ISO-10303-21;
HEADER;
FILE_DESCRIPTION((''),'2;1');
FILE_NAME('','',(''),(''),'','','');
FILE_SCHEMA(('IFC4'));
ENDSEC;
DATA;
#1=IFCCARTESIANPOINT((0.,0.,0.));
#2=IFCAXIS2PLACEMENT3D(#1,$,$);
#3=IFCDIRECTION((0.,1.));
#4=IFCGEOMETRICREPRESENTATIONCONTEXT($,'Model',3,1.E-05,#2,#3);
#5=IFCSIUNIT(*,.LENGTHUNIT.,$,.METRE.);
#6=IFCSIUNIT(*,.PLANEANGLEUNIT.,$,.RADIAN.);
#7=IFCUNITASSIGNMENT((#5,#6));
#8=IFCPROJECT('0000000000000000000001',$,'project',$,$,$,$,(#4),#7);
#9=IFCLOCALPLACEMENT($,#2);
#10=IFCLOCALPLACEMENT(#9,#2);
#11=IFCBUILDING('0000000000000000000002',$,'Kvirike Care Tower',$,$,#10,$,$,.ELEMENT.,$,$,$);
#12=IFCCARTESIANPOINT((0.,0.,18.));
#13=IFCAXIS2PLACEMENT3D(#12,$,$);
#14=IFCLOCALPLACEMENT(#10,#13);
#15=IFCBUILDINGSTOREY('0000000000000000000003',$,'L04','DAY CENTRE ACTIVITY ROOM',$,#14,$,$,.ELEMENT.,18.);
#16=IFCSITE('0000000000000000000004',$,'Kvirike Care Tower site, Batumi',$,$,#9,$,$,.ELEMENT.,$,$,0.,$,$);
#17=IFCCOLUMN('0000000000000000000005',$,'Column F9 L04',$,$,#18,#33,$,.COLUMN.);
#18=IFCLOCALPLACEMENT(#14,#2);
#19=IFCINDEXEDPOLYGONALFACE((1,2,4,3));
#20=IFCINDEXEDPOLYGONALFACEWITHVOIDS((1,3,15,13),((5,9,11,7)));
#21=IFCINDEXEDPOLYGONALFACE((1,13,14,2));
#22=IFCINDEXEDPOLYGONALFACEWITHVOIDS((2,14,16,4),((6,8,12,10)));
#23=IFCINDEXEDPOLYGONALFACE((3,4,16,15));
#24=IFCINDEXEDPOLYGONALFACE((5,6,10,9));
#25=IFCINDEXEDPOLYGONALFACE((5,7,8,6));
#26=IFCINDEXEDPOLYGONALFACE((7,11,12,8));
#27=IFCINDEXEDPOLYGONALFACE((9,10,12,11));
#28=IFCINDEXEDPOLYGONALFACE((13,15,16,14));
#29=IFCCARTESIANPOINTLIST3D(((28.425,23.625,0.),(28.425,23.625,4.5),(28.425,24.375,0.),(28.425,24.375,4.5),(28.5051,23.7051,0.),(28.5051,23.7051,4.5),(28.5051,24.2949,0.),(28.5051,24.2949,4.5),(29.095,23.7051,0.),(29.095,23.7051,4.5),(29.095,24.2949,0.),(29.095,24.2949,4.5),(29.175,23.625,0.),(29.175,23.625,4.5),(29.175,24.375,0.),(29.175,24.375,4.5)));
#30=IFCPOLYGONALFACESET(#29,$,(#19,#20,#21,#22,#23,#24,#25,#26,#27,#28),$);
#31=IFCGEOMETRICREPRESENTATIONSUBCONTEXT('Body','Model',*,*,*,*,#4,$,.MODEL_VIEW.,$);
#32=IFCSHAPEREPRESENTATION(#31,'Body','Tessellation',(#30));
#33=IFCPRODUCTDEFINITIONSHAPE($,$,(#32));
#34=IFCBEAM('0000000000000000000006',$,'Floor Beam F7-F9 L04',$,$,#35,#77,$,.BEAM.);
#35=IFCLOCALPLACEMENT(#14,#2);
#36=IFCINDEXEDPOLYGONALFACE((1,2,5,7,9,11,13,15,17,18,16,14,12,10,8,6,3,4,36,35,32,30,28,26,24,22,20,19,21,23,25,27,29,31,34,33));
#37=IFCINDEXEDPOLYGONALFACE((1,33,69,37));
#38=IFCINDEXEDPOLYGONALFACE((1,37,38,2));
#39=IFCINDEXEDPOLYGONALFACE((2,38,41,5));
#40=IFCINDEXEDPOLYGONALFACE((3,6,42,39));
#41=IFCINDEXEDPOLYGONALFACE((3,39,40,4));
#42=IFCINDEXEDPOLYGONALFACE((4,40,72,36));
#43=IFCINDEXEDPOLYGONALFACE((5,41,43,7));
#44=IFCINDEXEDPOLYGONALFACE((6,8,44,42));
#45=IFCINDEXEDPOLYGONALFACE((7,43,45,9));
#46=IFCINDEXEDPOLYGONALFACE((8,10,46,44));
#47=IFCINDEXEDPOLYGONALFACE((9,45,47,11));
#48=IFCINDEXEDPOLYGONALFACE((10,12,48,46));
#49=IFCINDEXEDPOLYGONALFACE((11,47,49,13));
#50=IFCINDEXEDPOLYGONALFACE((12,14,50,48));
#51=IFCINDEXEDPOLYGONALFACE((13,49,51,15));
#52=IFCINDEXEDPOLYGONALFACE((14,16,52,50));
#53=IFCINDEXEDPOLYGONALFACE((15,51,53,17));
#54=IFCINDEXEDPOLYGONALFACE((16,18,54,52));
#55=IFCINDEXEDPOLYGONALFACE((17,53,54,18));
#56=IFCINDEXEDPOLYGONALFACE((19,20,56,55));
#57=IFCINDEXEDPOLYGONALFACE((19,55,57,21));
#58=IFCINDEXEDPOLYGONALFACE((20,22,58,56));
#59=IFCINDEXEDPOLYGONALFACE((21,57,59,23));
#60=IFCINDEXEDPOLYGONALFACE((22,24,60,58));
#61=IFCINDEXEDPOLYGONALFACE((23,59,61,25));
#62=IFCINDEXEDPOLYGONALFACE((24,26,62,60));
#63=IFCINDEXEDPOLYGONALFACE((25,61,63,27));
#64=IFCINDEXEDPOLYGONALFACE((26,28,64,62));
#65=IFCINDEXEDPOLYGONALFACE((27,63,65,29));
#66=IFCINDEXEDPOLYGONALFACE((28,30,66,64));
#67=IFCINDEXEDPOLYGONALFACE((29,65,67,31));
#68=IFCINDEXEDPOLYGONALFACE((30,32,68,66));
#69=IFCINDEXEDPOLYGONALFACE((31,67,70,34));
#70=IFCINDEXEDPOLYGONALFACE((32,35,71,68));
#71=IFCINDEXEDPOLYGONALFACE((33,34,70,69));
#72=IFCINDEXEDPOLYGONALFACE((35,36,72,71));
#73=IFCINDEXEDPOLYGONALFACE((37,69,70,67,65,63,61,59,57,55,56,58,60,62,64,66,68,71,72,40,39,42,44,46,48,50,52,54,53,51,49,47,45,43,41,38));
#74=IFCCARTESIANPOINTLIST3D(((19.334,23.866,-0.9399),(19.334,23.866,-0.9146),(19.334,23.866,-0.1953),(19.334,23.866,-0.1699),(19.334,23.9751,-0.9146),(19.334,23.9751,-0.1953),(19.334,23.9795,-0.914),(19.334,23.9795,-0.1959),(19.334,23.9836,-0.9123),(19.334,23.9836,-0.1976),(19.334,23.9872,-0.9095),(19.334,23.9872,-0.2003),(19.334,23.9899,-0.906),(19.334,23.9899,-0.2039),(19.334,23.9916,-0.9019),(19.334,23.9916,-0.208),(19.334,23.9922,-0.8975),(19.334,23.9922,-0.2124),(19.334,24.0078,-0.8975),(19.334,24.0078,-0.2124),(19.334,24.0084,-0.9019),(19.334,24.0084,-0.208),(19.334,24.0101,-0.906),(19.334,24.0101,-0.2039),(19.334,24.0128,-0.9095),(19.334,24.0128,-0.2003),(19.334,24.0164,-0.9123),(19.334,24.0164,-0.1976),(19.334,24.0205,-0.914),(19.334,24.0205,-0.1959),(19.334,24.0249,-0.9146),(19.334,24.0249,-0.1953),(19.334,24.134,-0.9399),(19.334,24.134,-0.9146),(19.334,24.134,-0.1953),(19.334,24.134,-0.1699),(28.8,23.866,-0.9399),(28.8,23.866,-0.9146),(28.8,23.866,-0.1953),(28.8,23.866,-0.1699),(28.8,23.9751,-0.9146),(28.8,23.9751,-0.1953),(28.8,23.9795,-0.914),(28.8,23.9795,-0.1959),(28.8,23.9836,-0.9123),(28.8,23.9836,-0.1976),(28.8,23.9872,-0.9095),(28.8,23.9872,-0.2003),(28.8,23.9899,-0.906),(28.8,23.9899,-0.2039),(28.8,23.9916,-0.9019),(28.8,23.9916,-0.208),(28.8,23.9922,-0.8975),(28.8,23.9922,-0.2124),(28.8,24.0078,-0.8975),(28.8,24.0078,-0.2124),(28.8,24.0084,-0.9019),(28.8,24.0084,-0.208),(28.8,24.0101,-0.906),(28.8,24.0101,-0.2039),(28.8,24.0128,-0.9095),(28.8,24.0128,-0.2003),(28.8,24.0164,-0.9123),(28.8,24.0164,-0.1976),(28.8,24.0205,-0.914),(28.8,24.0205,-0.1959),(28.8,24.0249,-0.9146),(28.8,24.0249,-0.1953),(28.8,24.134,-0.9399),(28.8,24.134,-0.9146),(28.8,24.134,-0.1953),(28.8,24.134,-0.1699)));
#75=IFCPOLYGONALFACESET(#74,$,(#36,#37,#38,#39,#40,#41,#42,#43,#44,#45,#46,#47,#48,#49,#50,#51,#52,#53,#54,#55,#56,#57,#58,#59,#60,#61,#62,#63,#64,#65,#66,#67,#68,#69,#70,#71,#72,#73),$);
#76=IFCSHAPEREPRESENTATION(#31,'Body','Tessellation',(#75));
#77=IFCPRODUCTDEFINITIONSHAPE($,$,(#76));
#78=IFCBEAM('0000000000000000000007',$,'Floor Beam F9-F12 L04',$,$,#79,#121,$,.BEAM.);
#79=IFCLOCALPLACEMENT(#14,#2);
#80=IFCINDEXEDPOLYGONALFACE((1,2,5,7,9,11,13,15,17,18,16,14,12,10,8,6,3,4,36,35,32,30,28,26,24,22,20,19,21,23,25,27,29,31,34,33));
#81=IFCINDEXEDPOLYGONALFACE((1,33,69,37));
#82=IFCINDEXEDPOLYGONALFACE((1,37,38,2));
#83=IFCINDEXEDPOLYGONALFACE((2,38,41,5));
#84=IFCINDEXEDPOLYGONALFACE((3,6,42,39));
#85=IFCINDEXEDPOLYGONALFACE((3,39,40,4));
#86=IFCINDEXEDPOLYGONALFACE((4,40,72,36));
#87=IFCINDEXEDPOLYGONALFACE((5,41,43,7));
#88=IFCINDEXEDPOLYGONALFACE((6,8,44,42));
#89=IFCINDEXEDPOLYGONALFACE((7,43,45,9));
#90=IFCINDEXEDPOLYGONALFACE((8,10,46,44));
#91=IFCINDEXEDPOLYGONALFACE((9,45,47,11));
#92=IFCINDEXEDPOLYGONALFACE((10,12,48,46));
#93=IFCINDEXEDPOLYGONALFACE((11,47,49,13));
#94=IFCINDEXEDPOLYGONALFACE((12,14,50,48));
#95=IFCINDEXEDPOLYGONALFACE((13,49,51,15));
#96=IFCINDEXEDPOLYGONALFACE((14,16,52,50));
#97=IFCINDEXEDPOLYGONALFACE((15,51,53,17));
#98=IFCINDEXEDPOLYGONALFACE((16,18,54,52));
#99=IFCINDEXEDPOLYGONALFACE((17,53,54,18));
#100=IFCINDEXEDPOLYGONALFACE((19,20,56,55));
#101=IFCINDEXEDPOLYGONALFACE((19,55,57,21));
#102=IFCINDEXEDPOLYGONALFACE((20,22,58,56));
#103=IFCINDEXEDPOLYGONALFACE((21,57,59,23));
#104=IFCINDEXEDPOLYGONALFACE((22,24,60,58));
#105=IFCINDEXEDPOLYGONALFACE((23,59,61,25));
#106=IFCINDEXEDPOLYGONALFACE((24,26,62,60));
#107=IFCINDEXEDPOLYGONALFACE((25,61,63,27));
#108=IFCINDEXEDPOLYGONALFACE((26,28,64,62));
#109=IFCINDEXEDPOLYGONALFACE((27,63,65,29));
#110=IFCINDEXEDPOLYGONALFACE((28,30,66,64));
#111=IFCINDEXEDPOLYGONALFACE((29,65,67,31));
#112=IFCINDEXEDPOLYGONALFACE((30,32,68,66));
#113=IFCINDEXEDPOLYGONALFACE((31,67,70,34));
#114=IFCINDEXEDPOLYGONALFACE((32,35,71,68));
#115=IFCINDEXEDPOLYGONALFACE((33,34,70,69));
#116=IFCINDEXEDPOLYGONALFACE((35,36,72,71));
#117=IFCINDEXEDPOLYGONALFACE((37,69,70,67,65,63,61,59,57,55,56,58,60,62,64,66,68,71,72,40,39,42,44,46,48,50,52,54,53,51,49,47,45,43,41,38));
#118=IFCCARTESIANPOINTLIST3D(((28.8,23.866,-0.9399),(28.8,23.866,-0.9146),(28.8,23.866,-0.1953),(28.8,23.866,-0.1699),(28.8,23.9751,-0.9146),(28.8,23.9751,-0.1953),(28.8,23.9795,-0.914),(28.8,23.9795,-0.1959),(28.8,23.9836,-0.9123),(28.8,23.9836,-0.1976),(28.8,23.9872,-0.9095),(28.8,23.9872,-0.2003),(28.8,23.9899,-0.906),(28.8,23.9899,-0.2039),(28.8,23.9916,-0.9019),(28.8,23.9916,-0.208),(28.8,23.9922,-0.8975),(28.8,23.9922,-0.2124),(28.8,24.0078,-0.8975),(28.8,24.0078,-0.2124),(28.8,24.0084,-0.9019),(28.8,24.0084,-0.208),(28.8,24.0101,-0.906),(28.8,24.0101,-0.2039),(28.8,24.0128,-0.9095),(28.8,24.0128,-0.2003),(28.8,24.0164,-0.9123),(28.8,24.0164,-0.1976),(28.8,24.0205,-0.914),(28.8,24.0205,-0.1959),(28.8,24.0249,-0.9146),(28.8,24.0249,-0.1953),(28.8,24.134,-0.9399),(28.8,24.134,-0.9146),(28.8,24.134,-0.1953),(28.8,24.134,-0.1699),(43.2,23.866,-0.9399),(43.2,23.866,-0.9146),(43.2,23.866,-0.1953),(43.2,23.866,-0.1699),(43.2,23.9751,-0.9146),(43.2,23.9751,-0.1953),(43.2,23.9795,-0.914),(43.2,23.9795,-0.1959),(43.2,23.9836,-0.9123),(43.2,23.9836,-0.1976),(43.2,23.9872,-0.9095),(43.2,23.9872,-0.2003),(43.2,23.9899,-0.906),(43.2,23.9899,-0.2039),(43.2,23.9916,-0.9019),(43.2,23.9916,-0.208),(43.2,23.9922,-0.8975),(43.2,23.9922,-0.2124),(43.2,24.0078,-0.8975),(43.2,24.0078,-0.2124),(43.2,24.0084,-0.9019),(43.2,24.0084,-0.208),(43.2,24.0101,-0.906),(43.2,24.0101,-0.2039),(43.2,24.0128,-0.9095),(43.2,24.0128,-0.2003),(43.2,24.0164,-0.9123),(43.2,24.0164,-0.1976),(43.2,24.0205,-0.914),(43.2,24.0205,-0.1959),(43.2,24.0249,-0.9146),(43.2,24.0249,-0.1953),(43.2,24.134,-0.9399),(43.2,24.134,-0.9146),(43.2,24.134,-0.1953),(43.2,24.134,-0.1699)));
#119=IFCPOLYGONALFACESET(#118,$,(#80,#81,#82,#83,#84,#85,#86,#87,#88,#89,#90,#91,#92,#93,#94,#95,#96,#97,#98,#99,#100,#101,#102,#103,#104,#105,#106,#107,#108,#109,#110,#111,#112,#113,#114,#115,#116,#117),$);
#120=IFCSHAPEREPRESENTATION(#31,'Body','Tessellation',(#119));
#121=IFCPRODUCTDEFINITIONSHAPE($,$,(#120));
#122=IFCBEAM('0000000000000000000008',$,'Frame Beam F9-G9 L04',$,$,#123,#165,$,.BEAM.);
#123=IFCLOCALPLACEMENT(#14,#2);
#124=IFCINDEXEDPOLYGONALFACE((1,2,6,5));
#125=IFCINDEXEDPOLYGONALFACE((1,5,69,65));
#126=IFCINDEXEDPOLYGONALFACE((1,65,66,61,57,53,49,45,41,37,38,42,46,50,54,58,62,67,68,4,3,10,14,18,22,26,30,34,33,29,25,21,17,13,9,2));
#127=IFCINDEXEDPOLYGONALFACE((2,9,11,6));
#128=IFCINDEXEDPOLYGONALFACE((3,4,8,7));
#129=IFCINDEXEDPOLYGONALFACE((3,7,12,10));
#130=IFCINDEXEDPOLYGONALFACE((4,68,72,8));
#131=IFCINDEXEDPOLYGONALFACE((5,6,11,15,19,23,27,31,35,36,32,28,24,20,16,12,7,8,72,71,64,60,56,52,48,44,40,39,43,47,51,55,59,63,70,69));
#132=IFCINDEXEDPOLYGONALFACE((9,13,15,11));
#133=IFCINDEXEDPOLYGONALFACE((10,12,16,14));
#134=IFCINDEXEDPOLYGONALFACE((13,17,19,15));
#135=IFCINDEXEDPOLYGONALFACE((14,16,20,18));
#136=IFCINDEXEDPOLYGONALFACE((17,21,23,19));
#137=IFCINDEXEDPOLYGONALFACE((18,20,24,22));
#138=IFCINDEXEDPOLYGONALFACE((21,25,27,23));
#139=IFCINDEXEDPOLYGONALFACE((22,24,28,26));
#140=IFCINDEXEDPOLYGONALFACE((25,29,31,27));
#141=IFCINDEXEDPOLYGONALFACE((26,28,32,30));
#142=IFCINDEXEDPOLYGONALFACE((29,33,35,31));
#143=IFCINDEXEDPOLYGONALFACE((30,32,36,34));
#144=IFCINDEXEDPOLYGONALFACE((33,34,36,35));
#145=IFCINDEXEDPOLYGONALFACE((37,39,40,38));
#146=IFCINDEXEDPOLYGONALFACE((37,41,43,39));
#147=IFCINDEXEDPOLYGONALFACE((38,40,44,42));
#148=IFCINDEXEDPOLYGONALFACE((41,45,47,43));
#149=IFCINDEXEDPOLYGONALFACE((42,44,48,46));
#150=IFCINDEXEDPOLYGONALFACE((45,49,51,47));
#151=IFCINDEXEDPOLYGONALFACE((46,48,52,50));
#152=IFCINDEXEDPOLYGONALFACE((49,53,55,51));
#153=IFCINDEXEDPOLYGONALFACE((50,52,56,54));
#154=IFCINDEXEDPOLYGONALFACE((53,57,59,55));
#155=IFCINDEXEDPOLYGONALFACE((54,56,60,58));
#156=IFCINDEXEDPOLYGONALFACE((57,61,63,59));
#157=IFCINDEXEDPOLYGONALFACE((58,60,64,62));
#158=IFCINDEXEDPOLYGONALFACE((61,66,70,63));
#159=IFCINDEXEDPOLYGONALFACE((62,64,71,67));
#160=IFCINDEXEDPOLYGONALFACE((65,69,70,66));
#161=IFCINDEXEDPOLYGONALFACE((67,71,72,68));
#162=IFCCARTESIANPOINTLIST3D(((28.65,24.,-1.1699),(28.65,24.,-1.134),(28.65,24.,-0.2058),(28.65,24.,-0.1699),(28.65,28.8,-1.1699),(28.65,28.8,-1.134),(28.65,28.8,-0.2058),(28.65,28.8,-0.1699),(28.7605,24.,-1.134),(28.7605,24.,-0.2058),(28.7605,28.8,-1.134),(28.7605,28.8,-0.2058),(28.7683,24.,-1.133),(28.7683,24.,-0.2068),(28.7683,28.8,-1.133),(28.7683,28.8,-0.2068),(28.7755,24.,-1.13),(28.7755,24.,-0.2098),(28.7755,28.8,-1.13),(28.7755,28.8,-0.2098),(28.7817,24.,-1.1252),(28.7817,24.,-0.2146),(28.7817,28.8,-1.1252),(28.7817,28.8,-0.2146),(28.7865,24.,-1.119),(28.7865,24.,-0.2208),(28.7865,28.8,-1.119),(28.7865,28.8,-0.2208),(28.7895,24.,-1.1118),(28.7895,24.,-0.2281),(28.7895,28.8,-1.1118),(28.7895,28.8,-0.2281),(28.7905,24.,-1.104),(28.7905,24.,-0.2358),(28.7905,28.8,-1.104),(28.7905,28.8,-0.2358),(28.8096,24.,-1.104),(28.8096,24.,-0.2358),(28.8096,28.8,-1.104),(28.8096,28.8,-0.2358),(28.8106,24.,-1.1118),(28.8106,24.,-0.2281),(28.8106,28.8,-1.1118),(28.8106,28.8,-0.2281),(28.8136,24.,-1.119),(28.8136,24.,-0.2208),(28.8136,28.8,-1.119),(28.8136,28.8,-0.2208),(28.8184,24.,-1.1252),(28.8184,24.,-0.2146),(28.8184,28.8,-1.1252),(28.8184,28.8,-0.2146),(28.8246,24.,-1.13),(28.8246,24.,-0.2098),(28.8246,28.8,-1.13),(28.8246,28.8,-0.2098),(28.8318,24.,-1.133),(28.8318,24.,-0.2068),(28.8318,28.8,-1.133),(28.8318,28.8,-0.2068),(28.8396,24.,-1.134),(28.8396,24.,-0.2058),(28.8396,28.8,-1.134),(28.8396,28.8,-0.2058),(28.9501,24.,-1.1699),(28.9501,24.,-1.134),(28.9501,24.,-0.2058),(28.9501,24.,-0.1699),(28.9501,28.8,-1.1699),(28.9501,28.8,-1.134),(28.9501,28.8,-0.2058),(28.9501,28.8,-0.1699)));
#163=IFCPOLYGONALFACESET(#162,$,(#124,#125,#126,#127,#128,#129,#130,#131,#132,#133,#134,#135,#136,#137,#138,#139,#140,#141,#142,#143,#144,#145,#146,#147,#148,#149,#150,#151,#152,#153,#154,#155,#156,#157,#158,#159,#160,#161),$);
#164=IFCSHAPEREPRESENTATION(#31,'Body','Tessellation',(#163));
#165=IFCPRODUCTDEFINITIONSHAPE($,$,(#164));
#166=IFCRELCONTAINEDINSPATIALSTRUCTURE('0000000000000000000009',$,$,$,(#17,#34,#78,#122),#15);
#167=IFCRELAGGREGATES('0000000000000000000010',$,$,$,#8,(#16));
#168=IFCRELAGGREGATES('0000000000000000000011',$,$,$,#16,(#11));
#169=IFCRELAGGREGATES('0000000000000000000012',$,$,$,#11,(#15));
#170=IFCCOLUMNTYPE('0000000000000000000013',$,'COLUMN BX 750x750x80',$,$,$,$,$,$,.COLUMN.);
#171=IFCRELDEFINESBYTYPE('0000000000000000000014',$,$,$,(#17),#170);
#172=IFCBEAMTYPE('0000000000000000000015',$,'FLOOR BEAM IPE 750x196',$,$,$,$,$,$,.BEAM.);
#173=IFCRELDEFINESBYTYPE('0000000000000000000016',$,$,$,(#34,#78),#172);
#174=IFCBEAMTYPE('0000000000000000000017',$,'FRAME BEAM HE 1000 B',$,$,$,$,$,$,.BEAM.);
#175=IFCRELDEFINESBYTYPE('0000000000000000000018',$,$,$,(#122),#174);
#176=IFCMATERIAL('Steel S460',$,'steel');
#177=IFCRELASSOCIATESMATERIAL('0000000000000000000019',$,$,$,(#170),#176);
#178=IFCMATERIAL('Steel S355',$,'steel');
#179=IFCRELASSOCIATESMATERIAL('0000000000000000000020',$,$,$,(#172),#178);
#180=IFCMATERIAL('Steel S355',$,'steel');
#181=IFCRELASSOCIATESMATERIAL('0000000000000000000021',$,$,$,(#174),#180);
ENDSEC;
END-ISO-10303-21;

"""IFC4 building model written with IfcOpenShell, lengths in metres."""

from ifc_helpers import new_model, si_unit, direction, frame, origin, origin_2d, place, context, subcontext, project, spatial, hollow_rectangle, i_section, extrude, material, material_profile, profile_set, type_object, element, save


model = new_model("IFC4")

# Units and contexts
model_context = context("Model", 3, precision=1e-05, world=origin(), true_north=direction((0.0, 1.0)))
body_context = subcontext(model_context, "Body", "Model", "MODEL_VIEW")
ifc_project = project(units=[si_unit("LENGTHUNIT", "METRE"), si_unit("PLANEANGLEUNIT", "RADIAN")], contexts=[model_context])

# Site, building, storey
site_placement = place(None, origin())
site = spatial("IfcSite", under=ifc_project, at=site_placement, Name="Kvirike Care Tower site, Batumi", CompositionType="ELEMENT", RefElevation=0.0)
building_placement = place(site_placement, origin())
building = spatial("IfcBuilding", under=site, at=building_placement, Name="Kvirike Care Tower", CompositionType="ELEMENT")
storey_placement = place(building_placement, frame((0.0, 0.0, 18.0)))
storey = spatial("IfcBuildingStorey", under=building, at=storey_placement, Name="L04", Description="DAY CENTRE ACTIVITY ROOM", CompositionType="ELEMENT", Elevation=18.0)

# Column
ifc_material_1 = material(Name="Steel S460", Category="steel")
ifc_material_profile_1 = material_profile(ifc_material_1, hollow_rectangle(XDim=0.75, YDim=0.75, WallThickness=0.0801, at=origin_2d()), Name="BX 750x750x80")
ifc_profile_set_1 = profile_set([ifc_material_profile_1], Name="Steel S460")
column_type = type_object("IfcColumnType", Name="COLUMN BX 750x750x80", PredefinedType="COLUMN", material=ifc_profile_set_1)
column_placement = place(storey_placement, frame((28.8, 24.0, 0.0), z_axis=(0.0, 0.0, 1.0), x_axis=(1.0, 0.0, 0.0)))
element("IfcColumn", 1, at=column_placement, inside=storey, type_object=column_type, Name="Column F9 L04", PredefinedType="COLUMN", context=body_context, shape_type="SweptSolid", body=[
    extrude(hollow_rectangle(XDim=0.75, YDim=0.75, WallThickness=0.0801, at=origin_2d()), origin(), (0.0, 0.0, 1.0), 4.5),
])

# Beams
ifc_material_2 = material(Name="Steel S355", Category="steel")
ifc_material_profile_2 = material_profile(ifc_material_2, i_section(OverallWidth=0.2681, OverallDepth=0.77, WebThickness=0.0156, FlangeThickness=0.0254, FilletRadius=0.0171, at=origin_2d()), Name="IPE 750x196")
ifc_profile_set_2 = profile_set([ifc_material_profile_2], Name="Steel S355")
beam_type_1 = type_object("IfcBeamType", Name="FLOOR BEAM IPE 750x196", PredefinedType="BEAM", material=ifc_profile_set_2)
beam_1_placement = place(storey_placement, frame((19.334, 24.0, -0.5549), z_axis=(1.0, 0.0, 0.0), x_axis=(0.0, 1.0, 0.0)))
element("IfcBeam", 2, at=beam_1_placement, inside=storey, type_object=beam_type_1, Name="Floor Beam F7-F9 L04", PredefinedType="BEAM", context=body_context, shape_type="SweptSolid", body=[
    extrude(i_section(OverallWidth=0.2681, OverallDepth=0.77, WebThickness=0.0156, FlangeThickness=0.0254, FilletRadius=0.0171, at=origin_2d()), origin(), (0.0, 0.0, 1.0), 9.4661),
])
beam_2_placement = place(storey_placement, frame((28.8, 24.0, -0.5549), z_axis=(1.0, 0.0, 0.0), x_axis=(0.0, 1.0, 0.0)))
element("IfcBeam", 3, at=beam_2_placement, inside=storey, type_object=beam_type_1, Name="Floor Beam F9-F12 L04", PredefinedType="BEAM", context=body_context, shape_type="SweptSolid", body=[
    extrude(i_section(OverallWidth=0.2681, OverallDepth=0.77, WebThickness=0.0156, FlangeThickness=0.0254, FilletRadius=0.0171, at=origin_2d()), origin(), (0.0, 0.0, 1.0), 14.3999),
])
ifc_material_3 = material(Name="Steel S355", Category="steel")
ifc_material_profile_3 = material_profile(ifc_material_3, i_section(OverallWidth=0.3, OverallDepth=1.0, WebThickness=0.019, FlangeThickness=0.0359, FilletRadius=0.03, at=origin_2d()), Name="HE 1000 B")
ifc_profile_set_3 = profile_set([ifc_material_profile_3], Name="Steel S355")
beam_type_2 = type_object("IfcBeamType", Name="FRAME BEAM HE 1000 B", PredefinedType="BEAM", material=ifc_profile_set_3)
beam_3_placement = place(storey_placement, frame((28.8, 24.0, -0.6699), z_axis=(0.0, 1.0, 0.0), x_axis=(-1.0, 0.0, 0.0)))
element("IfcBeam", 4, at=beam_3_placement, inside=storey, type_object=beam_type_2, Name="Frame Beam F9-G9 L04", PredefinedType="BEAM", context=body_context, shape_type="SweptSolid", body=[
    extrude(i_section(OverallWidth=0.3, OverallDepth=1.0, WebThickness=0.019, FlangeThickness=0.0359, FilletRadius=0.03, at=origin_2d()), origin(), (0.0, 0.0, 1.0), 4.8),
])

save(model, "model.ifc")
